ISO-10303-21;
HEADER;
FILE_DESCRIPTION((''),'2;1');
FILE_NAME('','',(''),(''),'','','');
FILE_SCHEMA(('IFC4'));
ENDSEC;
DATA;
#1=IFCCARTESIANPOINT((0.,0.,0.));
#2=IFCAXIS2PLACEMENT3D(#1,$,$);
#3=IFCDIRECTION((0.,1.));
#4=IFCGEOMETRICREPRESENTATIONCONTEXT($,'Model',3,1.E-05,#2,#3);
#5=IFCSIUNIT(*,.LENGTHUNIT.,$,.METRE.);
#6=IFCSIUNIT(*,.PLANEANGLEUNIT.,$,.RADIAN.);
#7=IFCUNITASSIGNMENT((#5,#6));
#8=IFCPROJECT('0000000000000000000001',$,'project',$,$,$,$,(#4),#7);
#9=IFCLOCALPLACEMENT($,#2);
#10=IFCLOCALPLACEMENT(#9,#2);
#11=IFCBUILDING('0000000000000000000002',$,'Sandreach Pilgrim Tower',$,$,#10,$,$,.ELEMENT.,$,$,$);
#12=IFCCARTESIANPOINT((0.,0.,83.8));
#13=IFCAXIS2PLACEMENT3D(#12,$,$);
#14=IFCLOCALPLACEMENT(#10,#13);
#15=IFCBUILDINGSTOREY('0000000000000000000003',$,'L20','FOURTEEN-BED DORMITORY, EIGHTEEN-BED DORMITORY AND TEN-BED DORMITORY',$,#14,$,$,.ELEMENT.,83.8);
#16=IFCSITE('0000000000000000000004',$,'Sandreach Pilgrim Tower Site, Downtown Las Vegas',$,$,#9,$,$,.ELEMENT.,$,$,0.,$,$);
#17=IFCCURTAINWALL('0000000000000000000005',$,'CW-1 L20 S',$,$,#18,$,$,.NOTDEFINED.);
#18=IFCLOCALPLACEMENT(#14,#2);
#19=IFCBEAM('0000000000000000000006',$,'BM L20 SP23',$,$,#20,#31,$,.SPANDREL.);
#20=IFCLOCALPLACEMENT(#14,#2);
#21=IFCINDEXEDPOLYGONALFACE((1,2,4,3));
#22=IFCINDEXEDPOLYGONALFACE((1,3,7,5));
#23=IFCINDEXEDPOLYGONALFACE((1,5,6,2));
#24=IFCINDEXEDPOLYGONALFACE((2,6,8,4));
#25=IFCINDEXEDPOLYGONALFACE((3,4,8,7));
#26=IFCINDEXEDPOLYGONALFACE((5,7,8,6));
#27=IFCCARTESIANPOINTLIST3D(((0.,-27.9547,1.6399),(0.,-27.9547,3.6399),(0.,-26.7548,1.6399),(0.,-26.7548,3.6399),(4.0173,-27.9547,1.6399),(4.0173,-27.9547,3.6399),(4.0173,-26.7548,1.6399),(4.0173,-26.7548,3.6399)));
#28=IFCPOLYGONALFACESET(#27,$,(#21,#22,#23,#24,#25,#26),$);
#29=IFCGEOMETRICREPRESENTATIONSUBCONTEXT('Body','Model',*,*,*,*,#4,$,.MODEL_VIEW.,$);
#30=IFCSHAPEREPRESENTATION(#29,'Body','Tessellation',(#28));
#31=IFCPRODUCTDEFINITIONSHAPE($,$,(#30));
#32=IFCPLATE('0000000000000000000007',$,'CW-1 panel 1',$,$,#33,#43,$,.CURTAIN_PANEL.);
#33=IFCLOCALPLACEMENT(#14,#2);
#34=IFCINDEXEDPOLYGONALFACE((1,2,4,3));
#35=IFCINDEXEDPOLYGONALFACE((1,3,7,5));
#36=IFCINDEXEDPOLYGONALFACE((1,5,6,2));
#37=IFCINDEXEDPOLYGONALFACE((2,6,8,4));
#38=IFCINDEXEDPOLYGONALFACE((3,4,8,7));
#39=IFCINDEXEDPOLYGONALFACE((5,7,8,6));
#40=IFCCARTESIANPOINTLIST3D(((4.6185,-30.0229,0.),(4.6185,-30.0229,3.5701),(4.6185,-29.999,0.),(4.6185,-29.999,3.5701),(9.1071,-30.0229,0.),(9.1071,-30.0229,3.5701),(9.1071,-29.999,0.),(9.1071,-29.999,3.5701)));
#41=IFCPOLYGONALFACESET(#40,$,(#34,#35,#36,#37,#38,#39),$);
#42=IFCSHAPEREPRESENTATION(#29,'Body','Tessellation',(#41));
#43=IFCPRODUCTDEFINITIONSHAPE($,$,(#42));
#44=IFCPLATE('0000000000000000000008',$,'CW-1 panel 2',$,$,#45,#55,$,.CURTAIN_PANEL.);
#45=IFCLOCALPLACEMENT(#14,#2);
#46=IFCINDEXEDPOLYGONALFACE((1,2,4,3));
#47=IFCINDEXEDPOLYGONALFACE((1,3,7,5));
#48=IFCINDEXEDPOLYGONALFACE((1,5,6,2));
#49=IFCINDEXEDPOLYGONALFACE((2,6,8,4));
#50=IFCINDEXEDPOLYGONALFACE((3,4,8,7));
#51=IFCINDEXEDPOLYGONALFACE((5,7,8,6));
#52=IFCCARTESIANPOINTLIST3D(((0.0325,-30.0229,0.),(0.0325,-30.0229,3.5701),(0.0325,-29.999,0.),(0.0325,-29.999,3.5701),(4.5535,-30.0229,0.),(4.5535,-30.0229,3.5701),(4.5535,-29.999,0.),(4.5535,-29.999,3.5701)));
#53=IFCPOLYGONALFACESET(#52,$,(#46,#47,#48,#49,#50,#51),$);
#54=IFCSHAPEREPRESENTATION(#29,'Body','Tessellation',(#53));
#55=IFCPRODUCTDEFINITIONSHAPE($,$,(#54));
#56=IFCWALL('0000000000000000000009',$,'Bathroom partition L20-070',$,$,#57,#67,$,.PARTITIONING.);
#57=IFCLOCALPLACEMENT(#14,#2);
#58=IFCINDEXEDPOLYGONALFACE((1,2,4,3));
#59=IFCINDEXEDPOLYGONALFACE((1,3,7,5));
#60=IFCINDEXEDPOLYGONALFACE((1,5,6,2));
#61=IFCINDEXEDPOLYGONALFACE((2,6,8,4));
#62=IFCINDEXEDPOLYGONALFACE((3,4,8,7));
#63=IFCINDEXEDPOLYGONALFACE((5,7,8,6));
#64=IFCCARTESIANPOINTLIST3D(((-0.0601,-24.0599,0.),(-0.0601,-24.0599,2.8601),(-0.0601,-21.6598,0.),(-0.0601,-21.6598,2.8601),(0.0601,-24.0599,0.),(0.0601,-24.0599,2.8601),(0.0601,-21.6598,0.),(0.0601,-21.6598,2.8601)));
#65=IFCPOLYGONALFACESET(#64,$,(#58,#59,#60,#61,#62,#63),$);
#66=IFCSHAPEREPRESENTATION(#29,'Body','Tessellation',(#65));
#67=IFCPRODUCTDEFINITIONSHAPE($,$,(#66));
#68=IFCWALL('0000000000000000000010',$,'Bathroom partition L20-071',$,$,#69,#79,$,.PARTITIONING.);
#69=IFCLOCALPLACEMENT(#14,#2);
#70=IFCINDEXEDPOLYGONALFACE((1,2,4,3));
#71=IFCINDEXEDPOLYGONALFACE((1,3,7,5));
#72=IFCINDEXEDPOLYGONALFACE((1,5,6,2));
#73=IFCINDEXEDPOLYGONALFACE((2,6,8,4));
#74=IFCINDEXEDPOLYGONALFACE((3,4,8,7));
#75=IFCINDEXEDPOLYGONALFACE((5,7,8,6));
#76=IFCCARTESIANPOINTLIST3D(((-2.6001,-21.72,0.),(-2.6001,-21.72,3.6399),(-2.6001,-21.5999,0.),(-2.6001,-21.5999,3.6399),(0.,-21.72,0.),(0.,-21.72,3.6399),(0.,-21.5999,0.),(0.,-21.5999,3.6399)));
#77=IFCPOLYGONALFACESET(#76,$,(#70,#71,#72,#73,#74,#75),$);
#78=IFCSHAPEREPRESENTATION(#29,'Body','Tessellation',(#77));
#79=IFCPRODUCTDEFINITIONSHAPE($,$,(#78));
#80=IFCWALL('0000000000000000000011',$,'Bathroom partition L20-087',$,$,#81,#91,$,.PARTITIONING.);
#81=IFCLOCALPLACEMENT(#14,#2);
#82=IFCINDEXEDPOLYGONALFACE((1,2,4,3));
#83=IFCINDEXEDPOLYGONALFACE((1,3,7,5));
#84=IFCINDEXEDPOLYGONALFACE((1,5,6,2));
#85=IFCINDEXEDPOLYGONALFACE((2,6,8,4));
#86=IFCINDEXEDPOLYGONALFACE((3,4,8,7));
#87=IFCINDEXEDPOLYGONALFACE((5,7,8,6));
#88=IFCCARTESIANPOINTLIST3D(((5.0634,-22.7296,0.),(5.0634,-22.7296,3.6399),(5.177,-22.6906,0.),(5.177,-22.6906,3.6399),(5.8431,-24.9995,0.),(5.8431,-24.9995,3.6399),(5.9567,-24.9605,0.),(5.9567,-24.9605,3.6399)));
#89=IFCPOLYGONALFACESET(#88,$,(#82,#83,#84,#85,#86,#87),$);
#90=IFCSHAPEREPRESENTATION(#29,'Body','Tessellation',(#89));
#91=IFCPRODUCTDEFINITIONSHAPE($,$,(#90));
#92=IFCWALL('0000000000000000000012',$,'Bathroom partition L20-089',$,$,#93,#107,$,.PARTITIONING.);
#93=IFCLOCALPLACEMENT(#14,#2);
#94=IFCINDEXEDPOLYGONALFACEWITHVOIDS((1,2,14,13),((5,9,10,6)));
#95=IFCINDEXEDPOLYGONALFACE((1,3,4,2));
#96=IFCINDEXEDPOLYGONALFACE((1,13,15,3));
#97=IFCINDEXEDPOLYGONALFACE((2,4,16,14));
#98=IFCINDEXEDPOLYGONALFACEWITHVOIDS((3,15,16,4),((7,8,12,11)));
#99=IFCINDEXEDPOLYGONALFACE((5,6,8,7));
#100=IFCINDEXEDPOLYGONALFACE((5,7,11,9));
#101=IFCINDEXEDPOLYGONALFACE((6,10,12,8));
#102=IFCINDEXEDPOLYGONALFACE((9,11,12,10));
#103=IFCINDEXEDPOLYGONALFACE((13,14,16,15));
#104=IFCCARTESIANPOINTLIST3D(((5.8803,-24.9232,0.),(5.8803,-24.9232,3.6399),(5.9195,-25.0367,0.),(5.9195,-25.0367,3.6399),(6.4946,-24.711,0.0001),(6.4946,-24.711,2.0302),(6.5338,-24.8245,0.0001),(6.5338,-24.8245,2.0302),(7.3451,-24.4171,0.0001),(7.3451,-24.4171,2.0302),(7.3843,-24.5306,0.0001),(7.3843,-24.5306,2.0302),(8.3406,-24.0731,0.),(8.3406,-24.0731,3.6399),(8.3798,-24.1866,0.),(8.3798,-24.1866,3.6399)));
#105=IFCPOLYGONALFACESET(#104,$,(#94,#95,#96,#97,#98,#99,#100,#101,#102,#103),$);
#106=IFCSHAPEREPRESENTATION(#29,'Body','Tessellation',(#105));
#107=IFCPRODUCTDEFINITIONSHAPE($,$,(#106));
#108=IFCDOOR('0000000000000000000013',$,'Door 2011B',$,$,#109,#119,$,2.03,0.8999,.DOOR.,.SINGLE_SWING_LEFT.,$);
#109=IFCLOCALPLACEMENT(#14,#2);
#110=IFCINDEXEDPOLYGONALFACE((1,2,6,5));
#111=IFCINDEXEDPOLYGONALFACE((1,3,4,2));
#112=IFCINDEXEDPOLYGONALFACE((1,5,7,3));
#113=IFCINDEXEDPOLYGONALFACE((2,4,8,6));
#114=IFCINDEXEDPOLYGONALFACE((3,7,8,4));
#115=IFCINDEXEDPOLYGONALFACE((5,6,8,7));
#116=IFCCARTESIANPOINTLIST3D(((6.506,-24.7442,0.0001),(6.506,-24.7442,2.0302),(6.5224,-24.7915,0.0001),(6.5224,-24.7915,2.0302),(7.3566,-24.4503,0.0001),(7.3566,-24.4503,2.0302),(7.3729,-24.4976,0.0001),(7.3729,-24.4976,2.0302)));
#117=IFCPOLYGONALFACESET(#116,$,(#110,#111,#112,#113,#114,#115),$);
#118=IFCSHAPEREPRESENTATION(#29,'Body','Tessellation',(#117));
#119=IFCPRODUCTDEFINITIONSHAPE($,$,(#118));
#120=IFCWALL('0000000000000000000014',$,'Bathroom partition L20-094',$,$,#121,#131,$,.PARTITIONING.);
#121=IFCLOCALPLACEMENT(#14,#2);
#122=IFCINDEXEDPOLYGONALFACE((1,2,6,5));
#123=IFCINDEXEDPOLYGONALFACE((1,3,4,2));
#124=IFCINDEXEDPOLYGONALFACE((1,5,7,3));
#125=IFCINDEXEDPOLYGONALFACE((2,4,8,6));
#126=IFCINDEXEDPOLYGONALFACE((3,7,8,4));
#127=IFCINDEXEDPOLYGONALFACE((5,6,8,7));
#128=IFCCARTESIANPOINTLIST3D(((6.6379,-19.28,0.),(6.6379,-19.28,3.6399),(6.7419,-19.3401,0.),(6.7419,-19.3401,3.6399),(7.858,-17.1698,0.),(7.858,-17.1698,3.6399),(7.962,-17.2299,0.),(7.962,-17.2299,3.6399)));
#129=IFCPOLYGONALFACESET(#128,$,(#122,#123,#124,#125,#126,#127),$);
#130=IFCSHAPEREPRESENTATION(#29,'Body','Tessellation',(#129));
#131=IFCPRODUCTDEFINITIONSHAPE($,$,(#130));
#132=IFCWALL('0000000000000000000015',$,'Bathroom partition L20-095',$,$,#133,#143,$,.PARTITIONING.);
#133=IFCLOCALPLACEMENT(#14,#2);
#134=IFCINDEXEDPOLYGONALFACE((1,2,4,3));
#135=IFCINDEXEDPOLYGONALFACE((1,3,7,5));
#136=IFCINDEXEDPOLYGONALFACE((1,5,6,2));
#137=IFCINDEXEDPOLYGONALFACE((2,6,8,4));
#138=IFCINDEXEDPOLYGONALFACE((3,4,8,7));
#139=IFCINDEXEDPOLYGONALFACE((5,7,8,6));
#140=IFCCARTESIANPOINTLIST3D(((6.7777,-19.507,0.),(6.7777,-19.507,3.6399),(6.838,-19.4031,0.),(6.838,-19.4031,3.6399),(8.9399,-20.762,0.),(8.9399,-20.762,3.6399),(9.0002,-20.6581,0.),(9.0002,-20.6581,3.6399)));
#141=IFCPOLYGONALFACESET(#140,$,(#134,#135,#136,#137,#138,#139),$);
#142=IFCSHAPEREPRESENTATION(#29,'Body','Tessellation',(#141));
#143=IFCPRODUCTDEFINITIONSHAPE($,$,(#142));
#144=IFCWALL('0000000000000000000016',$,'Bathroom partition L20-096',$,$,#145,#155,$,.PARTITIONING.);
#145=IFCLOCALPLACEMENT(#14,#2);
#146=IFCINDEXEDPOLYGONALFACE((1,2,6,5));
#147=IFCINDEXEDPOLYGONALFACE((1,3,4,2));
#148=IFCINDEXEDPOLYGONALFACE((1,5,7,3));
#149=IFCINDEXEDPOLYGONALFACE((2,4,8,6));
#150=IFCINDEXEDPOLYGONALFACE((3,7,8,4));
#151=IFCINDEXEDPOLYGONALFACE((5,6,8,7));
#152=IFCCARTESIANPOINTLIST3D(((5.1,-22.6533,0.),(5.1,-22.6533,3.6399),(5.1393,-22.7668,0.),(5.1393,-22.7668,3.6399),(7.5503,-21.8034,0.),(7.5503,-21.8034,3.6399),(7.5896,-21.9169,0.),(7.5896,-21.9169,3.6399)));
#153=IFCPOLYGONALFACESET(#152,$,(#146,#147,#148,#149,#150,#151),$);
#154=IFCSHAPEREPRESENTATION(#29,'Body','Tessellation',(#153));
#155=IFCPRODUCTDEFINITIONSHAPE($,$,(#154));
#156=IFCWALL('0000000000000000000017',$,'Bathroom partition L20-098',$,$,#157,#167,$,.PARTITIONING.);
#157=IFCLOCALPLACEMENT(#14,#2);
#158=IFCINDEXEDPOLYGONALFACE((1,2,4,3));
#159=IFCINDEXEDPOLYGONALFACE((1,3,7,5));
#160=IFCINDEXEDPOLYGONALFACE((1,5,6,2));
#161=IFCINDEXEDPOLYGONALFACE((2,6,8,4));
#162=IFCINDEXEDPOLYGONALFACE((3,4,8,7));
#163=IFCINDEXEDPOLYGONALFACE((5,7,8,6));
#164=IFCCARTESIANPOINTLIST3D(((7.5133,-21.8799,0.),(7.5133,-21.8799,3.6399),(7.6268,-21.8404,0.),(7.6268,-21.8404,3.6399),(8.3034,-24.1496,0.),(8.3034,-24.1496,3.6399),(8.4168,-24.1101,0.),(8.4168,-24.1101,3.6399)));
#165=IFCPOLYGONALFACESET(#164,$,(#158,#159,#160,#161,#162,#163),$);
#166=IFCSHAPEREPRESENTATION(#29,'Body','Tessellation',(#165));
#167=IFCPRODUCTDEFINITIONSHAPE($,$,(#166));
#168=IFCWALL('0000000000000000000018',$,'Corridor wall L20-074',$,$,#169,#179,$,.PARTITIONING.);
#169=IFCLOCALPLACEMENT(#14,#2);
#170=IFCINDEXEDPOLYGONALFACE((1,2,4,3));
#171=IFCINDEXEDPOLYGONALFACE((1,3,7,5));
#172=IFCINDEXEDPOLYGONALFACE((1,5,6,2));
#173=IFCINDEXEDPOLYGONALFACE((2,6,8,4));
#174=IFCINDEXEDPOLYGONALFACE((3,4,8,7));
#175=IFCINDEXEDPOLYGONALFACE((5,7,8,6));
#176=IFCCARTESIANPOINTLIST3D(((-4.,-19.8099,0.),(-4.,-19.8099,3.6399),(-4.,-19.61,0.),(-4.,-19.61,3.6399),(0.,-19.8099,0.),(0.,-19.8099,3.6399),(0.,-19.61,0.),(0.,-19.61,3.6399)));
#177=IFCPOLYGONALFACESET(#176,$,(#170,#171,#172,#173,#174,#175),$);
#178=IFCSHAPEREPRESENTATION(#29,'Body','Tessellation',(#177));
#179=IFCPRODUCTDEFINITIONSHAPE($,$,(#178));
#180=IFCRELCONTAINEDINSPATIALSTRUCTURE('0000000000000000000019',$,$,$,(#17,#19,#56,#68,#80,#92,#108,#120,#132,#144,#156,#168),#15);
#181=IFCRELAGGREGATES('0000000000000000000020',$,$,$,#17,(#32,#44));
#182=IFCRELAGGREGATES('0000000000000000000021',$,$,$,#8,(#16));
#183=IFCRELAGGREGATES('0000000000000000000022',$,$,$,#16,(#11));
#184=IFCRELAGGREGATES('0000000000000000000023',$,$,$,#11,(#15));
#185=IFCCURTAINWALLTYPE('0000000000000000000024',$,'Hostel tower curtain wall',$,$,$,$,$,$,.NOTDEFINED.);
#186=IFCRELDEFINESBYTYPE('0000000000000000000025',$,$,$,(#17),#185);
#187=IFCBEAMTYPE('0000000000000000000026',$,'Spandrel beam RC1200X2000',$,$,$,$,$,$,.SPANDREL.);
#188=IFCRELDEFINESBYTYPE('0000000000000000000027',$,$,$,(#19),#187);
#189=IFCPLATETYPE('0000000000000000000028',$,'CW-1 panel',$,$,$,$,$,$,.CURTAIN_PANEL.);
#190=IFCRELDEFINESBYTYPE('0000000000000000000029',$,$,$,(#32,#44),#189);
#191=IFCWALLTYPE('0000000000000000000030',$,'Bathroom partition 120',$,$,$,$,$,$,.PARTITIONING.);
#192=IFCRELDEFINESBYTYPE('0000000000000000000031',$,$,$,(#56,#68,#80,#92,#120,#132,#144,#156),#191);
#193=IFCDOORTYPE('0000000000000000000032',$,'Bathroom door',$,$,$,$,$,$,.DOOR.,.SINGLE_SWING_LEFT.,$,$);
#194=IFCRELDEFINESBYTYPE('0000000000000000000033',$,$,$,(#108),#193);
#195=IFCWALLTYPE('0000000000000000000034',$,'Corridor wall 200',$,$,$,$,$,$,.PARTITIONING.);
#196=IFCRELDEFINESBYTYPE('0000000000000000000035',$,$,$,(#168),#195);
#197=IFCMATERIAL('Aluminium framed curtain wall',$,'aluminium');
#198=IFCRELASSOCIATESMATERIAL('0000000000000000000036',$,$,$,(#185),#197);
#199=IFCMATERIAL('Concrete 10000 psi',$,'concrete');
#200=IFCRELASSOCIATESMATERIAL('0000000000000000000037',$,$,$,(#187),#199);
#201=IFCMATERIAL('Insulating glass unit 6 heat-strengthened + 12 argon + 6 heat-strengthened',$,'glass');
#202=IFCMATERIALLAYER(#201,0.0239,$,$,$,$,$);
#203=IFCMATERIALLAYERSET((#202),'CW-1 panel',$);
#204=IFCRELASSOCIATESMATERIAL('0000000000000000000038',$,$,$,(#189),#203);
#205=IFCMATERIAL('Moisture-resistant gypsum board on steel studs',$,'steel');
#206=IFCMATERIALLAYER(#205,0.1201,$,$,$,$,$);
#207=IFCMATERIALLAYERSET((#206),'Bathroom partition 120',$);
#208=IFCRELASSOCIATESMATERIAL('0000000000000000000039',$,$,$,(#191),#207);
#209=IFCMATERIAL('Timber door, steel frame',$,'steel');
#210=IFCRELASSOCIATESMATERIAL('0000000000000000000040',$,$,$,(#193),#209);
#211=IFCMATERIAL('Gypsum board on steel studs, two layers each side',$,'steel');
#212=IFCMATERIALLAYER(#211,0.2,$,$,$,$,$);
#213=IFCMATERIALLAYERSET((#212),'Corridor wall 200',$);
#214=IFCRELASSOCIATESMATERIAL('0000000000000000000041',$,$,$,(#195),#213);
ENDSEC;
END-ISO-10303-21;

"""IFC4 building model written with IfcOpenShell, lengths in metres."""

from ifc_helpers import new_model, si_unit, direction, frame, frame_2d, origin, origin_2d, place, context, subcontext, project, spatial, rectangle, extrude, material, layer, layer_set, material_profile, profile_set, type_object, element, fill, aggregate, save


model = new_model("IFC4")

# Units and contexts
model_context = context("Model", 3, precision=1e-05, world=origin(), true_north=direction((0.0, 1.0)))
body_context = subcontext(model_context, "Body", "Model", "MODEL_VIEW")
ifc_project = project(units=[si_unit("LENGTHUNIT", "METRE"), si_unit("PLANEANGLEUNIT", "RADIAN")], contexts=[model_context])

# Site, building, storey
site_placement = place(None, origin())
site = spatial("IfcSite", under=ifc_project, at=site_placement, Name="Sandreach Pilgrim Tower Site, Downtown Las Vegas", CompositionType="ELEMENT", RefElevation=0.0)
building_placement = place(site_placement, origin())
building = spatial("IfcBuilding", under=site, at=building_placement, Name="Sandreach Pilgrim Tower", CompositionType="ELEMENT")
storey_placement = place(building_placement, frame((0.0, 0.0, 83.8)))
storey = spatial("IfcBuildingStorey", under=building, at=storey_placement, Name="L20", Description="FOURTEEN-BED DORMITORY, EIGHTEEN-BED DORMITORY AND TEN-BED DORMITORY", CompositionType="ELEMENT", Elevation=83.8)

# Curtain wall
ifc_material_1 = material(Name="Aluminium framed curtain wall", Category="aluminium")
curtain_wall_type = type_object("IfcCurtainWallType", Name="Hostel tower curtain wall", PredefinedType="NOTDEFINED", material=ifc_material_1)
curtain_wall_placement = place(storey_placement, origin())
curtain_wall = element("IfcCurtainWall", 1, at=curtain_wall_placement, inside=storey, type_object=curtain_wall_type, Name="CW-1 L20 S", PredefinedType="NOTDEFINED")

# Beam
ifc_material_2 = material(Name="Concrete 10000 psi", Category="concrete")
ifc_material_profile_1 = material_profile(ifc_material_2, rectangle(XDim=1.2, YDim=2.0, at=origin_2d()), Name="RC1200X2000")
ifc_profile_set_1 = profile_set([ifc_material_profile_1], Name="Concrete 10000 psi")
beam_type_1 = type_object("IfcBeamType", Name="Spandrel beam RC1200X2000", PredefinedType="SPANDREL", material=ifc_profile_set_1)
beam_1_placement = place(storey_placement, frame((4.0173, -27.3547, 2.6399), z_axis=(-1.0, 0.0, 0.0), x_axis=(0.0, -1.0, 0.0)))
element("IfcBeam", 2, at=beam_1_placement, inside=storey, type_object=beam_type_1, Name="BM L20 SP23", PredefinedType="SPANDREL", context=body_context, shape_type="SweptSolid", body=[
    extrude(rectangle(XDim=1.2, YDim=2.0, at=origin_2d()), origin(), (0.0, 0.0, 1.0), 4.0173),
])

# Plates
ifc_material_3 = material(Name="Insulating glass unit 6 heat-strengthened + 12 argon + 6 heat-strengthened", Category="glass")
ifc_layer_1 = layer(ifc_material_3, 0.0239)
ifc_layer_set_1 = layer_set([ifc_layer_1], Name="CW-1 panel")
plate_type = type_object("IfcPlateType", Name="CW-1 panel", PredefinedType="CURTAIN_PANEL", material=ifc_layer_set_1)
plate_1_placement = place(storey_placement, frame((6.8628, -30.011, 0.0), z_axis=(0.0, 0.0, 1.0), x_axis=(-1.0, 0.0, 0.0)))
plate_1 = element("IfcPlate", 3, at=plate_1_placement, type_object=plate_type, Name="CW-1 panel 1", PredefinedType="CURTAIN_PANEL", context=body_context, shape_type="SweptSolid", body=[
    extrude(rectangle(XDim=4.4885, YDim=0.0239, at=origin_2d()), origin(), (0.0, 0.0, 1.0), 3.5701),
])
plate_2_placement = place(storey_placement, frame((2.293, -30.011, 0.0), z_axis=(0.0, 0.0, 1.0), x_axis=(-1.0, 0.0, 0.0)))
plate_2 = element("IfcPlate", 4, at=plate_2_placement, type_object=plate_type, Name="CW-1 panel 2", PredefinedType="CURTAIN_PANEL", context=body_context, shape_type="SweptSolid", body=[
    extrude(rectangle(XDim=4.521, YDim=0.0239, at=origin_2d()), origin(), (0.0, 0.0, 1.0), 3.5701),
])
aggregate(curtain_wall, [plate_1, plate_2])

# Walls
ifc_material_4 = material(Name="Moisture-resistant gypsum board on steel studs", Category="steel")
ifc_layer_2 = layer(ifc_material_4, 0.1201)
ifc_layer_set_2 = layer_set([ifc_layer_2], Name="Bathroom partition 120")
wall_type_1 = type_object("IfcWallType", Name="Bathroom partition 120", PredefinedType="PARTITIONING", material=ifc_layer_set_2)
wall_1_placement = place(storey_placement, frame((0.0, -24.0601, 0.0), z_axis=(0.0, 0.0, 1.0), x_axis=(0.0, 1.0, 0.0)))
element("IfcWall", 5, at=wall_1_placement, inside=storey, type_object=wall_type_1, Name="Bathroom partition L20-070", PredefinedType="PARTITIONING", context=body_context, shape_type="SweptSolid", body=[
    extrude(rectangle(XDim=2.4001, YDim=0.1201, at=frame_2d((1.2002, 0.0))), origin(), (0.0, 0.0, 1.0), 2.8601),
])
wall_2_placement = place(storey_placement, frame((0.0, -21.6599, 0.0), z_axis=(0.0, 0.0, 1.0), x_axis=(-1.0, 0.0, 0.0)))
element("IfcWall", 6, at=wall_2_placement, inside=storey, type_object=wall_type_1, Name="Bathroom partition L20-071", PredefinedType="PARTITIONING", context=body_context, shape_type="SweptSolid", body=[
    extrude(rectangle(XDim=2.6001, YDim=0.1201, at=frame_2d((1.3, 0.0))), origin(), (0.0, 0.0, 1.0), 3.6399),
])
wall_3_placement = place(storey_placement, frame((5.1201, -22.71, 0.0), z_axis=(0.0, 0.0, 1.0), x_axis=(0.324881, -0.945755, 0.0)))
element("IfcWall", 7, at=wall_3_placement, inside=storey, type_object=wall_type_1, Name="Bathroom partition L20-087", PredefinedType="PARTITIONING", context=body_context, shape_type="SweptSolid", body=[
    extrude(rectangle(XDim=2.4001, YDim=0.1201, at=frame_2d((1.2002, 0.0))), origin(), (0.0, 0.0, 1.0), 3.6399),
])

# Wall, opening, door
wall_4_placement = place(storey_placement, frame((5.8999, -24.98, 0.0), z_axis=(0.0, 0.0, 1.0), x_axis=(0.945165, 0.326592, 0.0)))
wall_4 = element("IfcWall", 8, at=wall_4_placement, inside=storey, type_object=wall_type_1, Name="Bathroom partition L20-089", PredefinedType="PARTITIONING", context=body_context, shape_type="SweptSolid", body=[
    extrude(rectangle(XDim=2.603, YDim=0.1201, at=frame_2d((1.3015, 0.0))), origin(), (0.0, 0.0, 1.0), 3.6399),
])
opening_1_placement = place(wall_4_placement, frame((0.6499, 0.0, 0.0)))
opening_1 = element("IfcOpeningElement", 9, at=opening_1_placement, cuts=wall_4, PredefinedType="OPENING", context=body_context, shape_type="SweptSolid", body=[
    extrude(rectangle(XDim=0.8999, YDim=2.03, at=frame_2d((0.45, 1.0151))), frame((0.0, 0.0601, 0.0), z_axis=(0.0, -1.0, 0.0), x_axis=(1.0, 0.0, 0.0)), (0.0, 0.0, 1.0), 0.1201),
])
ifc_material_5 = material(Name="Timber door, steel frame", Category="steel")
door_type_1 = type_object("IfcDoorType", Name="Bathroom door", OperationType="SINGLE_SWING_LEFT", PredefinedType="DOOR", material=ifc_material_5)
door_1_placement = place(opening_1_placement, origin())
door_1 = element("IfcDoor", 10, at=door_1_placement, inside=storey, type_object=door_type_1, Name="Door 2011B", OperationType="SINGLE_SWING_LEFT", OverallHeight=2.03, OverallWidth=0.8999, PredefinedType="DOOR", context=body_context, shape_type="SweptSolid", body=[
    extrude(rectangle(XDim=0.8999, YDim=2.03, at=frame_2d((0.45, 1.0151))), frame((0.0, 0.0249, 0.0), z_axis=(0.0, -1.0, 0.0), x_axis=(1.0, 0.0, 0.0)), (0.0, 0.0, 1.0), 0.05),
])
fill(opening_1, door_1)

# Walls
wall_5_placement = place(storey_placement, frame((6.6899, -19.3101, 0.0), z_axis=(0.0, 0.0, 1.0), x_axis=(0.500523, 0.865723, 0.0)))
element("IfcWall", 11, at=wall_5_placement, inside=storey, type_object=wall_type_1, Name="Bathroom partition L20-094", PredefinedType="PARTITIONING", context=body_context, shape_type="SweptSolid", body=[
    extrude(rectangle(XDim=2.4375, YDim=0.1201, at=frame_2d((1.2188, 0.0))), origin(), (0.0, 0.0, 1.0), 3.6399),
])
wall_6_placement = place(storey_placement, frame((6.8079, -19.4551, 0.0), z_axis=(0.0, 0.0, 1.0), x_axis=(0.864882, -0.501975, 0.0)))
element("IfcWall", 12, at=wall_6_placement, inside=storey, type_object=wall_type_1, Name="Bathroom partition L20-095", PredefinedType="PARTITIONING", context=body_context, shape_type="SweptSolid", body=[
    extrude(rectangle(XDim=2.5, YDim=0.1201, at=frame_2d((1.25, 0.0))), origin(), (0.0, 0.0, 1.0), 3.6399),
])
wall_7_placement = place(storey_placement, frame((7.5701, -21.8601, 0.0), z_axis=(0.0, 0.0, 1.0), x_axis=(-0.944782, -0.327699, 0.0)))
element("IfcWall", 13, at=wall_7_placement, inside=storey, type_object=wall_type_1, Name="Bathroom partition L20-096", PredefinedType="PARTITIONING", context=body_context, shape_type="SweptSolid", body=[
    extrude(rectangle(XDim=2.5935, YDim=0.1201, at=frame_2d((1.2969, 0.0))), origin(), (0.0, 0.0, 1.0), 3.6399),
])
wall_8_placement = place(storey_placement, frame((7.5701, -21.8601, 0.0), z_axis=(0.0, 0.0, 1.0), x_axis=(0.328725, -0.944426, 0.0)))
element("IfcWall", 14, at=wall_8_placement, inside=storey, type_object=wall_type_1, Name="Bathroom partition L20-098", PredefinedType="PARTITIONING", context=body_context, shape_type="SweptSolid", body=[
    extrude(rectangle(XDim=2.4033, YDim=0.1201, at=frame_2d((1.2017, 0.0))), origin(), (0.0, 0.0, 1.0), 3.6399),
])

# Shared definitions
ifc_material_6 = material(Name="Gypsum board on steel studs, two layers each side", Category="steel")
ifc_layer_3 = layer(ifc_material_6, 0.2)
ifc_layer_set_3 = layer_set([ifc_layer_3], Name="Corridor wall 200")
wall_type_2 = type_object("IfcWallType", Name="Corridor wall 200", PredefinedType="PARTITIONING", material=ifc_layer_set_3)

# Wall
wall_9_placement = place(storey_placement, frame((0.0, -19.71, 0.0), z_axis=(0.0, 0.0, 1.0), x_axis=(-1.0, 0.0, 0.0)))
element("IfcWall", 15, at=wall_9_placement, inside=storey, type_object=wall_type_2, Name="Corridor wall L20-074", PredefinedType="PARTITIONING", context=body_context, shape_type="SweptSolid", body=[
    extrude(rectangle(XDim=4.0, YDim=0.2, at=frame_2d((2.0, 0.0))), origin(), (0.0, 0.0, 1.0), 3.6399),
])

save(model, "model.ifc")
